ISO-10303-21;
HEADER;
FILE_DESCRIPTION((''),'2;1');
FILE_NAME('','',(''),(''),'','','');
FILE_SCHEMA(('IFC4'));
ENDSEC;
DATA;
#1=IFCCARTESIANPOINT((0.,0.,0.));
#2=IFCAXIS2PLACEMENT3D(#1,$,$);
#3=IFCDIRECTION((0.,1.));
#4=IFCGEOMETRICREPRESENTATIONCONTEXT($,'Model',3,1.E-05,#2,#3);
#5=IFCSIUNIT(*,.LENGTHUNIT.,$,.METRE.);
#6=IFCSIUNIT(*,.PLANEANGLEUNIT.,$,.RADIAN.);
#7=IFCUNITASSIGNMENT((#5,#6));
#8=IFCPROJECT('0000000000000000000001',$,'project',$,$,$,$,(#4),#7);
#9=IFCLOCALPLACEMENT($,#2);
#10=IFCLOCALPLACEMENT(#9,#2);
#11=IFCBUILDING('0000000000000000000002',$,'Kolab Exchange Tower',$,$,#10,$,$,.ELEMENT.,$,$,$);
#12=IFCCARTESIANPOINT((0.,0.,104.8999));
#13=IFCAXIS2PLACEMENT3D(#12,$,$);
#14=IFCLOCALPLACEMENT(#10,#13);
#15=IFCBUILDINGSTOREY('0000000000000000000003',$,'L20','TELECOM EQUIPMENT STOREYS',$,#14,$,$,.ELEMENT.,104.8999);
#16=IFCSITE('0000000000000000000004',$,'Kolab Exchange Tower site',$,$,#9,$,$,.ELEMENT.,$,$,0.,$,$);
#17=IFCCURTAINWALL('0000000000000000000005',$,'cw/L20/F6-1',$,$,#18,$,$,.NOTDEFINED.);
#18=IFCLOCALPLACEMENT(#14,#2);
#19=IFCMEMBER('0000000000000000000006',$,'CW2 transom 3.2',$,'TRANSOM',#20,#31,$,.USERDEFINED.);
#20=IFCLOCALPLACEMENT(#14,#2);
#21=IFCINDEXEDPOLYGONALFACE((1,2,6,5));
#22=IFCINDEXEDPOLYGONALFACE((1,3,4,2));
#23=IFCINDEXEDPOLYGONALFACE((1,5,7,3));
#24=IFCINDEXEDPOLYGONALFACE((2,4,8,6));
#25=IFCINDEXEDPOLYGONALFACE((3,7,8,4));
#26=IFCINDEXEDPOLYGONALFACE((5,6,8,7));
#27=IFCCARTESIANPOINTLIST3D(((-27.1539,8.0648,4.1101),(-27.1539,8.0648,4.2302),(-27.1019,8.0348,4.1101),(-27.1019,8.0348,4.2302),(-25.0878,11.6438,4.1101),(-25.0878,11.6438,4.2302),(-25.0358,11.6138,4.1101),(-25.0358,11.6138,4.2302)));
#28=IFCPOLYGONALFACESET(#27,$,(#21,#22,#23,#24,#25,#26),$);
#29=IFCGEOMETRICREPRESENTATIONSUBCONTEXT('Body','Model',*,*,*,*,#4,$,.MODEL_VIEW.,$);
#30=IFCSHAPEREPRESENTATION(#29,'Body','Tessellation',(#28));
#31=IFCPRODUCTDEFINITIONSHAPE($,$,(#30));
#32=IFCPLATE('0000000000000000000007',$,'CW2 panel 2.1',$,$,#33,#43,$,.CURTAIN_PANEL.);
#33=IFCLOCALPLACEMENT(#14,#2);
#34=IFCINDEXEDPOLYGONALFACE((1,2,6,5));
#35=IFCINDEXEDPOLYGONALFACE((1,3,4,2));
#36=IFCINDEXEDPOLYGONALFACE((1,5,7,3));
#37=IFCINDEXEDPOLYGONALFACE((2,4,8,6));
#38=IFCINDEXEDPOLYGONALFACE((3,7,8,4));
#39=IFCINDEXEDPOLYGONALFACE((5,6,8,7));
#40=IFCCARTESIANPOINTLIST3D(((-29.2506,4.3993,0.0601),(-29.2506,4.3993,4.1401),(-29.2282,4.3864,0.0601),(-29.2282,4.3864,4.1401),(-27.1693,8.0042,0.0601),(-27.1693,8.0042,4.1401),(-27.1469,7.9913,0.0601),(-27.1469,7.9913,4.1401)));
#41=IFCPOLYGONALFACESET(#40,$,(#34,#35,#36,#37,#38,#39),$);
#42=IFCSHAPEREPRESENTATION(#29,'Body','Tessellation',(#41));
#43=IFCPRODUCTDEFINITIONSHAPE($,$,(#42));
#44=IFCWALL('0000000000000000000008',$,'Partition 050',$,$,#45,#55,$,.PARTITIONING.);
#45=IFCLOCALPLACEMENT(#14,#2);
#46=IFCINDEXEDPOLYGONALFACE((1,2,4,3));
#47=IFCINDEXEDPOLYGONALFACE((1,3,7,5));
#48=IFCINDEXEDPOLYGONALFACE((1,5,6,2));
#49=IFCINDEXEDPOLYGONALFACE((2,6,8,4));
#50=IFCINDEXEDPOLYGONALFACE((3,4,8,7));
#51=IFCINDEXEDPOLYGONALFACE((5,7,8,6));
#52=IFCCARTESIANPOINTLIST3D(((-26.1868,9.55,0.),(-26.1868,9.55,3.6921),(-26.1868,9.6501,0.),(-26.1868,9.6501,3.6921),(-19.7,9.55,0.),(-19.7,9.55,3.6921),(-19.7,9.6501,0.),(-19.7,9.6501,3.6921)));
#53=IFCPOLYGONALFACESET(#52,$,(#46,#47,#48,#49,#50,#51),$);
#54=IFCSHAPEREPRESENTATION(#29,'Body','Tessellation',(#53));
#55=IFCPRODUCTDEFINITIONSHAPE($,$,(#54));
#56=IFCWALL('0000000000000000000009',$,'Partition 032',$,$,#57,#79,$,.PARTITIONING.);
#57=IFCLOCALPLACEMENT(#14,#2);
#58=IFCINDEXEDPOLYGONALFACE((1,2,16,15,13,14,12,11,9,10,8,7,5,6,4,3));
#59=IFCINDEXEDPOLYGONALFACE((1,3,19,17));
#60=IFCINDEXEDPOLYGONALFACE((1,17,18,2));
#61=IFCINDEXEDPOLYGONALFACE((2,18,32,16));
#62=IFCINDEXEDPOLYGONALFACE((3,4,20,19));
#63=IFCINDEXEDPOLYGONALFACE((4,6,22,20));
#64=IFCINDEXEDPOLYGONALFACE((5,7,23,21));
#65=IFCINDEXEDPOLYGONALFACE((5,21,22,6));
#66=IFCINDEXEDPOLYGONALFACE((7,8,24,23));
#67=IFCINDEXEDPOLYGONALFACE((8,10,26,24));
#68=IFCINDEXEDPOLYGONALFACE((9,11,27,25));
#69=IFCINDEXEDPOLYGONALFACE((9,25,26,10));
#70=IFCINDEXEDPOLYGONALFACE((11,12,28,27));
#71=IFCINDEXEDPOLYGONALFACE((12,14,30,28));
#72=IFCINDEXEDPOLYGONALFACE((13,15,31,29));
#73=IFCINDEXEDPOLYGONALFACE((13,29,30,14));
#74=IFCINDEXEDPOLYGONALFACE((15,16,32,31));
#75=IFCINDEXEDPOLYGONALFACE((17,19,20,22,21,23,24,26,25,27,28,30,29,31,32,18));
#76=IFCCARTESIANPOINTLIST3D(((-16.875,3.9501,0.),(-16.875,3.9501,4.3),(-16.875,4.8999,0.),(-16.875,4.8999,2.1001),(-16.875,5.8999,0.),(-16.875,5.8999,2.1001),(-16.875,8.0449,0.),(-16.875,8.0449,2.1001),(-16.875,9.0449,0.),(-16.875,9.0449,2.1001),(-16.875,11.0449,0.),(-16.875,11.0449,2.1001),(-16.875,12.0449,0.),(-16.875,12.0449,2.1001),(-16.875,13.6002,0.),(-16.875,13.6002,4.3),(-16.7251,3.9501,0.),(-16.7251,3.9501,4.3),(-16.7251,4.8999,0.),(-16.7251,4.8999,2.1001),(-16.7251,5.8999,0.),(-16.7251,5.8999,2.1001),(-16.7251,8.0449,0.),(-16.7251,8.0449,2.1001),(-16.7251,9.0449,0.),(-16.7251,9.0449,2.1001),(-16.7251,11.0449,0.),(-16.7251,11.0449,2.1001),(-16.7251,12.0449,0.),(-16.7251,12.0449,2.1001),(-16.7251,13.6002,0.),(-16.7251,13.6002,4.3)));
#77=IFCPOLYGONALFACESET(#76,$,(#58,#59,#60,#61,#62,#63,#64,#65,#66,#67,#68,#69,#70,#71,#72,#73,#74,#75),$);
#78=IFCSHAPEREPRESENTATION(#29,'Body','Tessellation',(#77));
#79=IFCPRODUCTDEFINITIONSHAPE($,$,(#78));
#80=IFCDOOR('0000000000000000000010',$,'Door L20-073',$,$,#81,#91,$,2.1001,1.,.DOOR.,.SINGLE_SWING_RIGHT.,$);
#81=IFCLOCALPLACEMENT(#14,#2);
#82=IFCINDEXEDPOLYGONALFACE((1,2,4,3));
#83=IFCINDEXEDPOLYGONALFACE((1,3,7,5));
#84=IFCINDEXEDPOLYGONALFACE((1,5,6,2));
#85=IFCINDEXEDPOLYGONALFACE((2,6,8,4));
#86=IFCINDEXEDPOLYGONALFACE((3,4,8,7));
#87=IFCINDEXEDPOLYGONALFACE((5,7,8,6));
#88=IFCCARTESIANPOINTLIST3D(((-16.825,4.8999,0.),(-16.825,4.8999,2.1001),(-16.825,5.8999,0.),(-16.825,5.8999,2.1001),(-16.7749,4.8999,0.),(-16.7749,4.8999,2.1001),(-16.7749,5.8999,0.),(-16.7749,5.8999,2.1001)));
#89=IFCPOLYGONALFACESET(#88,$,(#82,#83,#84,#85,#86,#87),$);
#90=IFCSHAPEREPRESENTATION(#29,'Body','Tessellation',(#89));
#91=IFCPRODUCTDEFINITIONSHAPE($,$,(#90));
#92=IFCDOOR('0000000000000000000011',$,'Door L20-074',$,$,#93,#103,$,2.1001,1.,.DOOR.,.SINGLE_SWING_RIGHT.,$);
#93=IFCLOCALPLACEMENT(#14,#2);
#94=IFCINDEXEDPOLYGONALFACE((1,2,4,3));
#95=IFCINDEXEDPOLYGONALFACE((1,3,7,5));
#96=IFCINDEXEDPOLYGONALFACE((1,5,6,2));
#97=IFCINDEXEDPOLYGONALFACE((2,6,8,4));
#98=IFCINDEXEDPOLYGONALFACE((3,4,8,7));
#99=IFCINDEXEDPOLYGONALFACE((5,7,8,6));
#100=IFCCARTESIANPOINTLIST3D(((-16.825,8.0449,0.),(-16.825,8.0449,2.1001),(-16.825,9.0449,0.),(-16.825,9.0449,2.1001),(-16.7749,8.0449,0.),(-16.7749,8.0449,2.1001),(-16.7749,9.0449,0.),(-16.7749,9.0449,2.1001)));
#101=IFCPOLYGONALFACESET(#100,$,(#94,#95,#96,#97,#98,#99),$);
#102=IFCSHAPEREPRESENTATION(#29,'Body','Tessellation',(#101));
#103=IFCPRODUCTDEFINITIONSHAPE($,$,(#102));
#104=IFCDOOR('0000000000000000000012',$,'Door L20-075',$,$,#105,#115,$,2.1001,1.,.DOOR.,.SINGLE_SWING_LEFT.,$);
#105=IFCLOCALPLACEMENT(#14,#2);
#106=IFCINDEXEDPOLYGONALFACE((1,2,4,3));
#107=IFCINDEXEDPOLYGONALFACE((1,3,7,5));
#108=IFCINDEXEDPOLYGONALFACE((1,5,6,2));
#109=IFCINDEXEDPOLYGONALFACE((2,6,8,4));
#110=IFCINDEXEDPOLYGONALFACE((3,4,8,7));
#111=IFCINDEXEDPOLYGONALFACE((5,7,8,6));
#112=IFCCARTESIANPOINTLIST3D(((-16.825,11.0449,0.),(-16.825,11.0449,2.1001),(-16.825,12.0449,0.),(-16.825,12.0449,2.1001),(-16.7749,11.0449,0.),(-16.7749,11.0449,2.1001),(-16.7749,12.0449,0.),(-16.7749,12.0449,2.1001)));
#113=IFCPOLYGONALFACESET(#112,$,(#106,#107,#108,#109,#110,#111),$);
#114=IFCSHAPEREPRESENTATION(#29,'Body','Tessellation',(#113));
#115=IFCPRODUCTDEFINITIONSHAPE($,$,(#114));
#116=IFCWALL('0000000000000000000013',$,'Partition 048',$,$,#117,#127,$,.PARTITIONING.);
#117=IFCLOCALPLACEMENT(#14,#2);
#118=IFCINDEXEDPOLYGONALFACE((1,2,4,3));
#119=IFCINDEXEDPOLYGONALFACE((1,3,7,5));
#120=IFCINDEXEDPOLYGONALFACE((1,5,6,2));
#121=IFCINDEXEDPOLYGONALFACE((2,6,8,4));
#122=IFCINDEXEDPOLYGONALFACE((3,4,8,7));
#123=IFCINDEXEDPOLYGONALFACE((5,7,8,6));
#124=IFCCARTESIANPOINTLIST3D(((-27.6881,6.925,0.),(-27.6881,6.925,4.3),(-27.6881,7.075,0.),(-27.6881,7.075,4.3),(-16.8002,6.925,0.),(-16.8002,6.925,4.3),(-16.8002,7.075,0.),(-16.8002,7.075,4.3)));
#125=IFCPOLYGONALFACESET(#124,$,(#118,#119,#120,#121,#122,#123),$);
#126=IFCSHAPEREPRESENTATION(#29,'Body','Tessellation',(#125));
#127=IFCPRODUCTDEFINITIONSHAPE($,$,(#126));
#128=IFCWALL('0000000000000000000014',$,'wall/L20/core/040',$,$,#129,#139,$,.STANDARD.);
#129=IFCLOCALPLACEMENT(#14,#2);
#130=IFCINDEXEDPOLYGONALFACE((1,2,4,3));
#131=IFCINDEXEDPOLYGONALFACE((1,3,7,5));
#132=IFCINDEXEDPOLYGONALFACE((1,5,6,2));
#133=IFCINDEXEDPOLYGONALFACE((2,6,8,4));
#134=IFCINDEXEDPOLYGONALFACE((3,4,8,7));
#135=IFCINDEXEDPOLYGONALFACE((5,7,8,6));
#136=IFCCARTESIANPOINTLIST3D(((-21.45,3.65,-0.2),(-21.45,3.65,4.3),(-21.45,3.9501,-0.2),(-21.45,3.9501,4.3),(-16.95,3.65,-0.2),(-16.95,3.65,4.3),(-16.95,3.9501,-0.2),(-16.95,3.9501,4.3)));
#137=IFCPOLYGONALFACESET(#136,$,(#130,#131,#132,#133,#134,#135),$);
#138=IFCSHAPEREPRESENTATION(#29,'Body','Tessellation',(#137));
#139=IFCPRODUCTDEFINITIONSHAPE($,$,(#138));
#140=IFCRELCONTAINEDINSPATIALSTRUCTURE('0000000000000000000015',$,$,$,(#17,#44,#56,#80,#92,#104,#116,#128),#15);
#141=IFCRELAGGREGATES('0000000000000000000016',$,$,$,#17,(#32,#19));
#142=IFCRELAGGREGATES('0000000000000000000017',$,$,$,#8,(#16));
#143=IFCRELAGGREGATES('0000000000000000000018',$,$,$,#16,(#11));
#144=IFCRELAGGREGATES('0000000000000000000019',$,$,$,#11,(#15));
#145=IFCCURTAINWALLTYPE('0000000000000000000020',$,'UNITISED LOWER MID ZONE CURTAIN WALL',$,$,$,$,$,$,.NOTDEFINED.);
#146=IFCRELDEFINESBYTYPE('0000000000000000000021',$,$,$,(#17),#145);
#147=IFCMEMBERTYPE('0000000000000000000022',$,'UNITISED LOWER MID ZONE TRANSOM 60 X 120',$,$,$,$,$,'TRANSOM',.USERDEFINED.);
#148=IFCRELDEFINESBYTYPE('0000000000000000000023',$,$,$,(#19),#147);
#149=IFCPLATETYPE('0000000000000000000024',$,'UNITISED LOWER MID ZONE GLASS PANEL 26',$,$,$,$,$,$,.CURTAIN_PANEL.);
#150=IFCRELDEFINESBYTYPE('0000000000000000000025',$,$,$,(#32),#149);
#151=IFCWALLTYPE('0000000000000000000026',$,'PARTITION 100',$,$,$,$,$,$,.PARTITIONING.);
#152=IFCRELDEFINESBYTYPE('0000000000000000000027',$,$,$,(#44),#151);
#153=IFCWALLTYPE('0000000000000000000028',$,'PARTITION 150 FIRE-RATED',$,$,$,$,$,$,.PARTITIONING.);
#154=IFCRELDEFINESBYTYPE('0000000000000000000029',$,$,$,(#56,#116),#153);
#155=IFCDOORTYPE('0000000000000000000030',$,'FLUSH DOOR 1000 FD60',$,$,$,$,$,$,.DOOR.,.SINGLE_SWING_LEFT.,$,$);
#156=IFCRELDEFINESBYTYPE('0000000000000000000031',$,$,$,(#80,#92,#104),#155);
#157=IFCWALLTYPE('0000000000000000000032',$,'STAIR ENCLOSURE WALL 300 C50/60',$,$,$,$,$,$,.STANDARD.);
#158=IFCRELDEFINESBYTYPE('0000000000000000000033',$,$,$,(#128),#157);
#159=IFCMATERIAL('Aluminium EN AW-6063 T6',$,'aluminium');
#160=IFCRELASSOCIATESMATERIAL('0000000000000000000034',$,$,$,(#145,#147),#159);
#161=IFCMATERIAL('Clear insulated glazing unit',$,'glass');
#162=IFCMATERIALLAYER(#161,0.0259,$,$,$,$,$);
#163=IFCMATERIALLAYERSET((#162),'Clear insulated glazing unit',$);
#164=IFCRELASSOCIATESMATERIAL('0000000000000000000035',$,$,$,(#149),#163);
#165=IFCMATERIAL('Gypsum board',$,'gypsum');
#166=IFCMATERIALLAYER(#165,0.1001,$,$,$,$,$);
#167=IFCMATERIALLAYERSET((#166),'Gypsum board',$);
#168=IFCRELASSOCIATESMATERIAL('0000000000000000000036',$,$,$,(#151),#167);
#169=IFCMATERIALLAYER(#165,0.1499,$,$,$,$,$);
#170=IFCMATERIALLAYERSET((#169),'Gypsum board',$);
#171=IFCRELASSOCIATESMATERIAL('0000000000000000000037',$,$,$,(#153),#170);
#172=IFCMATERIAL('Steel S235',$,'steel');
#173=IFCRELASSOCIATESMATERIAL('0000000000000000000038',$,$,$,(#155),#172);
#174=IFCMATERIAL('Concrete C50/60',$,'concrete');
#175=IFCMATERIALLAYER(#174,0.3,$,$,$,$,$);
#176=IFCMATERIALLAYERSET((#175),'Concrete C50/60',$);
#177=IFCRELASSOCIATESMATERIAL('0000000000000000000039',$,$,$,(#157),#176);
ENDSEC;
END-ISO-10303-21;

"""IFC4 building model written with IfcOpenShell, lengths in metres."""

from ifc_helpers import new_model, si_unit, direction, frame, frame_2d, origin, origin_2d, place, context, subcontext, project, spatial, rectangle, extrude, material, layer, layer_set, material_profile, profile_set, type_object, element, fill, aggregate, save


model = new_model("IFC4")

# Units and contexts
model_context = context("Model", 3, precision=1e-05, world=origin(), true_north=direction((0.0, 1.0)))
body_context = subcontext(model_context, "Body", "Model", "MODEL_VIEW")
ifc_project = project(units=[si_unit("LENGTHUNIT", "METRE"), si_unit("PLANEANGLEUNIT", "RADIAN")], contexts=[model_context])

# Site, building, storey
site_placement = place(None, origin())
site = spatial("IfcSite", under=ifc_project, at=site_placement, Name="Kolab Exchange Tower site", CompositionType="ELEMENT", RefElevation=0.0)
building_placement = place(site_placement, origin())
building = spatial("IfcBuilding", under=site, at=building_placement, Name="Kolab Exchange Tower", CompositionType="ELEMENT")
storey_placement = place(building_placement, frame((0.0, 0.0, 104.8999)))
storey = spatial("IfcBuildingStorey", under=building, at=storey_placement, Name="L20", Description="TELECOM EQUIPMENT STOREYS", CompositionType="ELEMENT", Elevation=104.8999)

# Curtain wall, member, plate
ifc_material_1 = material(Name="Aluminium EN AW-6063 T6", Category="aluminium")
curtain_wall_type = type_object("IfcCurtainWallType", Name="UNITISED LOWER MID ZONE CURTAIN WALL", PredefinedType="NOTDEFINED", material=ifc_material_1)
curtain_wall_placement = place(storey_placement, origin())
curtain_wall = element("IfcCurtainWall", 1, at=curtain_wall_placement, inside=storey, type_object=curtain_wall_type, Name="cw/L20/F6-1", PredefinedType="NOTDEFINED")
ifc_material_profile_1 = material_profile(ifc_material_1, rectangle(XDim=0.0601, YDim=0.1201, at=origin_2d()), Name="RECT 60X120")
ifc_profile_set_1 = profile_set([ifc_material_profile_1], Name="Aluminium EN AW-6063 T6")
member_type_1 = type_object("IfcMemberType", Name="UNITISED LOWER MID ZONE TRANSOM 60 X 120", ElementType="TRANSOM", PredefinedType="USERDEFINED", material=ifc_profile_set_1)
member_1_placement = place(storey_placement, frame((-27.1279, 8.0498, 4.1702), z_axis=(0.499958, 0.86605, 0.0), x_axis=(-0.86605, 0.499958, 0.0)))
member_1 = element("IfcMember", 2, at=member_1_placement, type_object=member_type_1, Name="CW2 transom 3.2", ObjectType="TRANSOM", PredefinedType="USERDEFINED", context=body_context, shape_type="SweptSolid", body=[
    extrude(rectangle(XDim=0.0601, YDim=0.1201, at=origin_2d()), origin(), (0.0, 0.0, 1.0), 4.1326),
])
ifc_material_2 = material(Name="Clear insulated glazing unit", Category="glass")
ifc_layer_1 = layer(ifc_material_2, 0.0259)
ifc_layer_set_1 = layer_set([ifc_layer_1], Name="Clear insulated glazing unit")
plate_type = type_object("IfcPlateType", Name="UNITISED LOWER MID ZONE GLASS PANEL 26", PredefinedType="CURTAIN_PANEL", material=ifc_layer_set_1)
plate_placement = place(storey_placement, frame((-28.1987, 6.1953, 0.0601), z_axis=(0.0, 0.0, 1.0), x_axis=(0.5, 0.866025, 0.0)))
plate = element("IfcPlate", 3, at=plate_placement, type_object=plate_type, Name="CW2 panel 2.1", PredefinedType="CURTAIN_PANEL", context=body_context, shape_type="SweptSolid", body=[
    extrude(rectangle(XDim=4.1626, YDim=0.0259, at=origin_2d()), origin(), (0.0, 0.0, 1.0), 4.0801),
])
aggregate(curtain_wall, [plate, member_1])

# Wall
ifc_material_3 = material(Name="Gypsum board", Category="gypsum")
ifc_layer_2 = layer(ifc_material_3, 0.1001)
ifc_layer_set_2 = layer_set([ifc_layer_2], Name="Gypsum board")
wall_type_1 = type_object("IfcWallType", Name="PARTITION 100", PredefinedType="PARTITIONING", material=ifc_layer_set_2)
wall_1_placement = place(storey_placement, frame((-26.1868, 9.6001, 0.0), z_axis=(0.0, 0.0, 1.0), x_axis=(1.0, 0.0, 0.0)))
element("IfcWall", 4, at=wall_1_placement, inside=storey, type_object=wall_type_1, Name="Partition 050", PredefinedType="PARTITIONING", context=body_context, shape_type="SweptSolid", body=[
    extrude(rectangle(XDim=6.4868, YDim=0.1001, at=frame_2d((3.2434, 0.0))), origin(), (0.0, 0.0, 1.0), 3.6921),
])

# Wall, openings, doors
ifc_layer_3 = layer(ifc_material_3, 0.1499)
ifc_layer_set_3 = layer_set([ifc_layer_3], Name="Gypsum board")
wall_type_2 = type_object("IfcWallType", Name="PARTITION 150 FIRE-RATED", PredefinedType="PARTITIONING", material=ifc_layer_set_3)
wall_2_placement = place(storey_placement, frame((-16.8, 3.95, 0.0), z_axis=(0.0, 0.0, 1.0), x_axis=(0.0, 1.0, 0.0)))
wall_2 = element("IfcWall", 5, at=wall_2_placement, inside=storey, type_object=wall_type_2, Name="Partition 032", PredefinedType="PARTITIONING", context=body_context, shape_type="SweptSolid", body=[
    extrude(rectangle(XDim=9.6501, YDim=0.1499, at=frame_2d((4.8252, 0.0))), origin(), (0.0, 0.0, 1.0), 4.3),
])
opening_1_placement = place(wall_2_placement, frame((0.95, 0.0, 0.0)))
opening_1 = element("IfcOpeningElement", 6, at=opening_1_placement, cuts=wall_2, PredefinedType="OPENING", context=body_context, shape_type="SweptSolid", body=[
    extrude(rectangle(XDim=1.0, YDim=2.1001, at=frame_2d((0.5, 1.05))), frame((0.0, 0.085, 0.0), z_axis=(0.0, -1.0, 0.0), x_axis=(1.0, 0.0, 0.0)), (0.0, 0.0, 1.0), 0.1699),
])
opening_2_placement = place(wall_2_placement, frame((4.095, 0.0, 0.0)))
opening_2 = element("IfcOpeningElement", 7, at=opening_2_placement, cuts=wall_2, PredefinedType="OPENING", context=body_context, shape_type="SweptSolid", body=[
    extrude(rectangle(XDim=1.0, YDim=2.1001, at=frame_2d((0.5, 1.05))), frame((0.0, 0.085, 0.0), z_axis=(0.0, -1.0, 0.0), x_axis=(1.0, 0.0, 0.0)), (0.0, 0.0, 1.0), 0.1699),
])
opening_3_placement = place(wall_2_placement, frame((7.095, 0.0, 0.0)))
opening_3 = element("IfcOpeningElement", 8, at=opening_3_placement, cuts=wall_2, PredefinedType="OPENING", context=body_context, shape_type="SweptSolid", body=[
    extrude(rectangle(XDim=1.0, YDim=2.1001, at=frame_2d((0.5, 1.05))), frame((0.0, 0.085, 0.0), z_axis=(0.0, -1.0, 0.0), x_axis=(1.0, 0.0, 0.0)), (0.0, 0.0, 1.0), 0.1699),
])
ifc_material_4 = material(Name="Steel S235", Category="steel")
door_type = type_object("IfcDoorType", Name="FLUSH DOOR 1000 FD60", OperationType="SINGLE_SWING_LEFT", PredefinedType="DOOR", material=ifc_material_4)
door_1_placement = place(opening_1_placement, origin())
door_1 = element("IfcDoor", 9, at=door_1_placement, inside=storey, type_object=door_type, Name="Door L20-073", OperationType="SINGLE_SWING_RIGHT", OverallHeight=2.1001, OverallWidth=1.0, PredefinedType="DOOR", context=body_context, shape_type="SweptSolid", body=[
    extrude(rectangle(XDim=1.0, YDim=2.1001, at=frame_2d((0.5, 1.05))), frame((0.0, 0.0249, 0.0), z_axis=(0.0, -1.0, 0.0), x_axis=(1.0, 0.0, 0.0)), (0.0, 0.0, 1.0), 0.05),
])
fill(opening_1, door_1)
door_2_placement = place(opening_2_placement, origin())
door_2 = element("IfcDoor", 10, at=door_2_placement, inside=storey, type_object=door_type, Name="Door L20-074", OperationType="SINGLE_SWING_RIGHT", OverallHeight=2.1001, OverallWidth=1.0, PredefinedType="DOOR", context=body_context, shape_type="SweptSolid", body=[
    extrude(rectangle(XDim=1.0, YDim=2.1001, at=frame_2d((0.5, 1.05))), frame((0.0, 0.0249, 0.0), z_axis=(0.0, -1.0, 0.0), x_axis=(1.0, 0.0, 0.0)), (0.0, 0.0, 1.0), 0.05),
])
fill(opening_2, door_2)
door_3_placement = place(opening_3_placement, origin())
door_3 = element("IfcDoor", 11, at=door_3_placement, inside=storey, type_object=door_type, Name="Door L20-075", OperationType="SINGLE_SWING_LEFT", OverallHeight=2.1001, OverallWidth=1.0, PredefinedType="DOOR", context=body_context, shape_type="SweptSolid", body=[
    extrude(rectangle(XDim=1.0, YDim=2.1001, at=frame_2d((0.5, 1.05))), frame((0.0, 0.0249, 0.0), z_axis=(0.0, -1.0, 0.0), x_axis=(1.0, 0.0, 0.0)), (0.0, 0.0, 1.0), 0.05),
])
fill(opening_3, door_3)

# Walls
wall_3_placement = place(storey_placement, frame((-27.688, 7.0, 0.0), z_axis=(0.0, 0.0, 1.0), x_axis=(1.0, 0.0, 0.0)))
element("IfcWall", 12, at=wall_3_placement, inside=storey, type_object=wall_type_2, Name="Partition 048", PredefinedType="PARTITIONING", context=body_context, shape_type="SweptSolid", body=[
    extrude(rectangle(XDim=10.8879, YDim=0.1499, at=frame_2d((5.4438, 0.0))), origin(), (0.0, 0.0, 1.0), 4.3),
])
ifc_material_5 = material(Name="Concrete C50/60", Category="concrete")
ifc_layer_4 = layer(ifc_material_5, 0.3)
ifc_layer_set_4 = layer_set([ifc_layer_4], Name="Concrete C50/60")
wall_type_3 = type_object("IfcWallType", Name="STAIR ENCLOSURE WALL 300 C50/60", PredefinedType="STANDARD", material=ifc_layer_set_4)
wall_4_placement = place(storey_placement, frame((-21.45, 3.8, -0.2), z_axis=(0.0, 0.0, 1.0), x_axis=(1.0, 0.0, 0.0)))
element("IfcWall", 13, at=wall_4_placement, inside=storey, type_object=wall_type_3, Name="wall/L20/core/040", PredefinedType="STANDARD", context=body_context, shape_type="SweptSolid", body=[
    extrude(rectangle(XDim=4.5, YDim=0.3, at=frame_2d((2.25, 0.0))), origin(), (0.0, 0.0, 1.0), 4.5),
])

save(model, "model.ifc")
